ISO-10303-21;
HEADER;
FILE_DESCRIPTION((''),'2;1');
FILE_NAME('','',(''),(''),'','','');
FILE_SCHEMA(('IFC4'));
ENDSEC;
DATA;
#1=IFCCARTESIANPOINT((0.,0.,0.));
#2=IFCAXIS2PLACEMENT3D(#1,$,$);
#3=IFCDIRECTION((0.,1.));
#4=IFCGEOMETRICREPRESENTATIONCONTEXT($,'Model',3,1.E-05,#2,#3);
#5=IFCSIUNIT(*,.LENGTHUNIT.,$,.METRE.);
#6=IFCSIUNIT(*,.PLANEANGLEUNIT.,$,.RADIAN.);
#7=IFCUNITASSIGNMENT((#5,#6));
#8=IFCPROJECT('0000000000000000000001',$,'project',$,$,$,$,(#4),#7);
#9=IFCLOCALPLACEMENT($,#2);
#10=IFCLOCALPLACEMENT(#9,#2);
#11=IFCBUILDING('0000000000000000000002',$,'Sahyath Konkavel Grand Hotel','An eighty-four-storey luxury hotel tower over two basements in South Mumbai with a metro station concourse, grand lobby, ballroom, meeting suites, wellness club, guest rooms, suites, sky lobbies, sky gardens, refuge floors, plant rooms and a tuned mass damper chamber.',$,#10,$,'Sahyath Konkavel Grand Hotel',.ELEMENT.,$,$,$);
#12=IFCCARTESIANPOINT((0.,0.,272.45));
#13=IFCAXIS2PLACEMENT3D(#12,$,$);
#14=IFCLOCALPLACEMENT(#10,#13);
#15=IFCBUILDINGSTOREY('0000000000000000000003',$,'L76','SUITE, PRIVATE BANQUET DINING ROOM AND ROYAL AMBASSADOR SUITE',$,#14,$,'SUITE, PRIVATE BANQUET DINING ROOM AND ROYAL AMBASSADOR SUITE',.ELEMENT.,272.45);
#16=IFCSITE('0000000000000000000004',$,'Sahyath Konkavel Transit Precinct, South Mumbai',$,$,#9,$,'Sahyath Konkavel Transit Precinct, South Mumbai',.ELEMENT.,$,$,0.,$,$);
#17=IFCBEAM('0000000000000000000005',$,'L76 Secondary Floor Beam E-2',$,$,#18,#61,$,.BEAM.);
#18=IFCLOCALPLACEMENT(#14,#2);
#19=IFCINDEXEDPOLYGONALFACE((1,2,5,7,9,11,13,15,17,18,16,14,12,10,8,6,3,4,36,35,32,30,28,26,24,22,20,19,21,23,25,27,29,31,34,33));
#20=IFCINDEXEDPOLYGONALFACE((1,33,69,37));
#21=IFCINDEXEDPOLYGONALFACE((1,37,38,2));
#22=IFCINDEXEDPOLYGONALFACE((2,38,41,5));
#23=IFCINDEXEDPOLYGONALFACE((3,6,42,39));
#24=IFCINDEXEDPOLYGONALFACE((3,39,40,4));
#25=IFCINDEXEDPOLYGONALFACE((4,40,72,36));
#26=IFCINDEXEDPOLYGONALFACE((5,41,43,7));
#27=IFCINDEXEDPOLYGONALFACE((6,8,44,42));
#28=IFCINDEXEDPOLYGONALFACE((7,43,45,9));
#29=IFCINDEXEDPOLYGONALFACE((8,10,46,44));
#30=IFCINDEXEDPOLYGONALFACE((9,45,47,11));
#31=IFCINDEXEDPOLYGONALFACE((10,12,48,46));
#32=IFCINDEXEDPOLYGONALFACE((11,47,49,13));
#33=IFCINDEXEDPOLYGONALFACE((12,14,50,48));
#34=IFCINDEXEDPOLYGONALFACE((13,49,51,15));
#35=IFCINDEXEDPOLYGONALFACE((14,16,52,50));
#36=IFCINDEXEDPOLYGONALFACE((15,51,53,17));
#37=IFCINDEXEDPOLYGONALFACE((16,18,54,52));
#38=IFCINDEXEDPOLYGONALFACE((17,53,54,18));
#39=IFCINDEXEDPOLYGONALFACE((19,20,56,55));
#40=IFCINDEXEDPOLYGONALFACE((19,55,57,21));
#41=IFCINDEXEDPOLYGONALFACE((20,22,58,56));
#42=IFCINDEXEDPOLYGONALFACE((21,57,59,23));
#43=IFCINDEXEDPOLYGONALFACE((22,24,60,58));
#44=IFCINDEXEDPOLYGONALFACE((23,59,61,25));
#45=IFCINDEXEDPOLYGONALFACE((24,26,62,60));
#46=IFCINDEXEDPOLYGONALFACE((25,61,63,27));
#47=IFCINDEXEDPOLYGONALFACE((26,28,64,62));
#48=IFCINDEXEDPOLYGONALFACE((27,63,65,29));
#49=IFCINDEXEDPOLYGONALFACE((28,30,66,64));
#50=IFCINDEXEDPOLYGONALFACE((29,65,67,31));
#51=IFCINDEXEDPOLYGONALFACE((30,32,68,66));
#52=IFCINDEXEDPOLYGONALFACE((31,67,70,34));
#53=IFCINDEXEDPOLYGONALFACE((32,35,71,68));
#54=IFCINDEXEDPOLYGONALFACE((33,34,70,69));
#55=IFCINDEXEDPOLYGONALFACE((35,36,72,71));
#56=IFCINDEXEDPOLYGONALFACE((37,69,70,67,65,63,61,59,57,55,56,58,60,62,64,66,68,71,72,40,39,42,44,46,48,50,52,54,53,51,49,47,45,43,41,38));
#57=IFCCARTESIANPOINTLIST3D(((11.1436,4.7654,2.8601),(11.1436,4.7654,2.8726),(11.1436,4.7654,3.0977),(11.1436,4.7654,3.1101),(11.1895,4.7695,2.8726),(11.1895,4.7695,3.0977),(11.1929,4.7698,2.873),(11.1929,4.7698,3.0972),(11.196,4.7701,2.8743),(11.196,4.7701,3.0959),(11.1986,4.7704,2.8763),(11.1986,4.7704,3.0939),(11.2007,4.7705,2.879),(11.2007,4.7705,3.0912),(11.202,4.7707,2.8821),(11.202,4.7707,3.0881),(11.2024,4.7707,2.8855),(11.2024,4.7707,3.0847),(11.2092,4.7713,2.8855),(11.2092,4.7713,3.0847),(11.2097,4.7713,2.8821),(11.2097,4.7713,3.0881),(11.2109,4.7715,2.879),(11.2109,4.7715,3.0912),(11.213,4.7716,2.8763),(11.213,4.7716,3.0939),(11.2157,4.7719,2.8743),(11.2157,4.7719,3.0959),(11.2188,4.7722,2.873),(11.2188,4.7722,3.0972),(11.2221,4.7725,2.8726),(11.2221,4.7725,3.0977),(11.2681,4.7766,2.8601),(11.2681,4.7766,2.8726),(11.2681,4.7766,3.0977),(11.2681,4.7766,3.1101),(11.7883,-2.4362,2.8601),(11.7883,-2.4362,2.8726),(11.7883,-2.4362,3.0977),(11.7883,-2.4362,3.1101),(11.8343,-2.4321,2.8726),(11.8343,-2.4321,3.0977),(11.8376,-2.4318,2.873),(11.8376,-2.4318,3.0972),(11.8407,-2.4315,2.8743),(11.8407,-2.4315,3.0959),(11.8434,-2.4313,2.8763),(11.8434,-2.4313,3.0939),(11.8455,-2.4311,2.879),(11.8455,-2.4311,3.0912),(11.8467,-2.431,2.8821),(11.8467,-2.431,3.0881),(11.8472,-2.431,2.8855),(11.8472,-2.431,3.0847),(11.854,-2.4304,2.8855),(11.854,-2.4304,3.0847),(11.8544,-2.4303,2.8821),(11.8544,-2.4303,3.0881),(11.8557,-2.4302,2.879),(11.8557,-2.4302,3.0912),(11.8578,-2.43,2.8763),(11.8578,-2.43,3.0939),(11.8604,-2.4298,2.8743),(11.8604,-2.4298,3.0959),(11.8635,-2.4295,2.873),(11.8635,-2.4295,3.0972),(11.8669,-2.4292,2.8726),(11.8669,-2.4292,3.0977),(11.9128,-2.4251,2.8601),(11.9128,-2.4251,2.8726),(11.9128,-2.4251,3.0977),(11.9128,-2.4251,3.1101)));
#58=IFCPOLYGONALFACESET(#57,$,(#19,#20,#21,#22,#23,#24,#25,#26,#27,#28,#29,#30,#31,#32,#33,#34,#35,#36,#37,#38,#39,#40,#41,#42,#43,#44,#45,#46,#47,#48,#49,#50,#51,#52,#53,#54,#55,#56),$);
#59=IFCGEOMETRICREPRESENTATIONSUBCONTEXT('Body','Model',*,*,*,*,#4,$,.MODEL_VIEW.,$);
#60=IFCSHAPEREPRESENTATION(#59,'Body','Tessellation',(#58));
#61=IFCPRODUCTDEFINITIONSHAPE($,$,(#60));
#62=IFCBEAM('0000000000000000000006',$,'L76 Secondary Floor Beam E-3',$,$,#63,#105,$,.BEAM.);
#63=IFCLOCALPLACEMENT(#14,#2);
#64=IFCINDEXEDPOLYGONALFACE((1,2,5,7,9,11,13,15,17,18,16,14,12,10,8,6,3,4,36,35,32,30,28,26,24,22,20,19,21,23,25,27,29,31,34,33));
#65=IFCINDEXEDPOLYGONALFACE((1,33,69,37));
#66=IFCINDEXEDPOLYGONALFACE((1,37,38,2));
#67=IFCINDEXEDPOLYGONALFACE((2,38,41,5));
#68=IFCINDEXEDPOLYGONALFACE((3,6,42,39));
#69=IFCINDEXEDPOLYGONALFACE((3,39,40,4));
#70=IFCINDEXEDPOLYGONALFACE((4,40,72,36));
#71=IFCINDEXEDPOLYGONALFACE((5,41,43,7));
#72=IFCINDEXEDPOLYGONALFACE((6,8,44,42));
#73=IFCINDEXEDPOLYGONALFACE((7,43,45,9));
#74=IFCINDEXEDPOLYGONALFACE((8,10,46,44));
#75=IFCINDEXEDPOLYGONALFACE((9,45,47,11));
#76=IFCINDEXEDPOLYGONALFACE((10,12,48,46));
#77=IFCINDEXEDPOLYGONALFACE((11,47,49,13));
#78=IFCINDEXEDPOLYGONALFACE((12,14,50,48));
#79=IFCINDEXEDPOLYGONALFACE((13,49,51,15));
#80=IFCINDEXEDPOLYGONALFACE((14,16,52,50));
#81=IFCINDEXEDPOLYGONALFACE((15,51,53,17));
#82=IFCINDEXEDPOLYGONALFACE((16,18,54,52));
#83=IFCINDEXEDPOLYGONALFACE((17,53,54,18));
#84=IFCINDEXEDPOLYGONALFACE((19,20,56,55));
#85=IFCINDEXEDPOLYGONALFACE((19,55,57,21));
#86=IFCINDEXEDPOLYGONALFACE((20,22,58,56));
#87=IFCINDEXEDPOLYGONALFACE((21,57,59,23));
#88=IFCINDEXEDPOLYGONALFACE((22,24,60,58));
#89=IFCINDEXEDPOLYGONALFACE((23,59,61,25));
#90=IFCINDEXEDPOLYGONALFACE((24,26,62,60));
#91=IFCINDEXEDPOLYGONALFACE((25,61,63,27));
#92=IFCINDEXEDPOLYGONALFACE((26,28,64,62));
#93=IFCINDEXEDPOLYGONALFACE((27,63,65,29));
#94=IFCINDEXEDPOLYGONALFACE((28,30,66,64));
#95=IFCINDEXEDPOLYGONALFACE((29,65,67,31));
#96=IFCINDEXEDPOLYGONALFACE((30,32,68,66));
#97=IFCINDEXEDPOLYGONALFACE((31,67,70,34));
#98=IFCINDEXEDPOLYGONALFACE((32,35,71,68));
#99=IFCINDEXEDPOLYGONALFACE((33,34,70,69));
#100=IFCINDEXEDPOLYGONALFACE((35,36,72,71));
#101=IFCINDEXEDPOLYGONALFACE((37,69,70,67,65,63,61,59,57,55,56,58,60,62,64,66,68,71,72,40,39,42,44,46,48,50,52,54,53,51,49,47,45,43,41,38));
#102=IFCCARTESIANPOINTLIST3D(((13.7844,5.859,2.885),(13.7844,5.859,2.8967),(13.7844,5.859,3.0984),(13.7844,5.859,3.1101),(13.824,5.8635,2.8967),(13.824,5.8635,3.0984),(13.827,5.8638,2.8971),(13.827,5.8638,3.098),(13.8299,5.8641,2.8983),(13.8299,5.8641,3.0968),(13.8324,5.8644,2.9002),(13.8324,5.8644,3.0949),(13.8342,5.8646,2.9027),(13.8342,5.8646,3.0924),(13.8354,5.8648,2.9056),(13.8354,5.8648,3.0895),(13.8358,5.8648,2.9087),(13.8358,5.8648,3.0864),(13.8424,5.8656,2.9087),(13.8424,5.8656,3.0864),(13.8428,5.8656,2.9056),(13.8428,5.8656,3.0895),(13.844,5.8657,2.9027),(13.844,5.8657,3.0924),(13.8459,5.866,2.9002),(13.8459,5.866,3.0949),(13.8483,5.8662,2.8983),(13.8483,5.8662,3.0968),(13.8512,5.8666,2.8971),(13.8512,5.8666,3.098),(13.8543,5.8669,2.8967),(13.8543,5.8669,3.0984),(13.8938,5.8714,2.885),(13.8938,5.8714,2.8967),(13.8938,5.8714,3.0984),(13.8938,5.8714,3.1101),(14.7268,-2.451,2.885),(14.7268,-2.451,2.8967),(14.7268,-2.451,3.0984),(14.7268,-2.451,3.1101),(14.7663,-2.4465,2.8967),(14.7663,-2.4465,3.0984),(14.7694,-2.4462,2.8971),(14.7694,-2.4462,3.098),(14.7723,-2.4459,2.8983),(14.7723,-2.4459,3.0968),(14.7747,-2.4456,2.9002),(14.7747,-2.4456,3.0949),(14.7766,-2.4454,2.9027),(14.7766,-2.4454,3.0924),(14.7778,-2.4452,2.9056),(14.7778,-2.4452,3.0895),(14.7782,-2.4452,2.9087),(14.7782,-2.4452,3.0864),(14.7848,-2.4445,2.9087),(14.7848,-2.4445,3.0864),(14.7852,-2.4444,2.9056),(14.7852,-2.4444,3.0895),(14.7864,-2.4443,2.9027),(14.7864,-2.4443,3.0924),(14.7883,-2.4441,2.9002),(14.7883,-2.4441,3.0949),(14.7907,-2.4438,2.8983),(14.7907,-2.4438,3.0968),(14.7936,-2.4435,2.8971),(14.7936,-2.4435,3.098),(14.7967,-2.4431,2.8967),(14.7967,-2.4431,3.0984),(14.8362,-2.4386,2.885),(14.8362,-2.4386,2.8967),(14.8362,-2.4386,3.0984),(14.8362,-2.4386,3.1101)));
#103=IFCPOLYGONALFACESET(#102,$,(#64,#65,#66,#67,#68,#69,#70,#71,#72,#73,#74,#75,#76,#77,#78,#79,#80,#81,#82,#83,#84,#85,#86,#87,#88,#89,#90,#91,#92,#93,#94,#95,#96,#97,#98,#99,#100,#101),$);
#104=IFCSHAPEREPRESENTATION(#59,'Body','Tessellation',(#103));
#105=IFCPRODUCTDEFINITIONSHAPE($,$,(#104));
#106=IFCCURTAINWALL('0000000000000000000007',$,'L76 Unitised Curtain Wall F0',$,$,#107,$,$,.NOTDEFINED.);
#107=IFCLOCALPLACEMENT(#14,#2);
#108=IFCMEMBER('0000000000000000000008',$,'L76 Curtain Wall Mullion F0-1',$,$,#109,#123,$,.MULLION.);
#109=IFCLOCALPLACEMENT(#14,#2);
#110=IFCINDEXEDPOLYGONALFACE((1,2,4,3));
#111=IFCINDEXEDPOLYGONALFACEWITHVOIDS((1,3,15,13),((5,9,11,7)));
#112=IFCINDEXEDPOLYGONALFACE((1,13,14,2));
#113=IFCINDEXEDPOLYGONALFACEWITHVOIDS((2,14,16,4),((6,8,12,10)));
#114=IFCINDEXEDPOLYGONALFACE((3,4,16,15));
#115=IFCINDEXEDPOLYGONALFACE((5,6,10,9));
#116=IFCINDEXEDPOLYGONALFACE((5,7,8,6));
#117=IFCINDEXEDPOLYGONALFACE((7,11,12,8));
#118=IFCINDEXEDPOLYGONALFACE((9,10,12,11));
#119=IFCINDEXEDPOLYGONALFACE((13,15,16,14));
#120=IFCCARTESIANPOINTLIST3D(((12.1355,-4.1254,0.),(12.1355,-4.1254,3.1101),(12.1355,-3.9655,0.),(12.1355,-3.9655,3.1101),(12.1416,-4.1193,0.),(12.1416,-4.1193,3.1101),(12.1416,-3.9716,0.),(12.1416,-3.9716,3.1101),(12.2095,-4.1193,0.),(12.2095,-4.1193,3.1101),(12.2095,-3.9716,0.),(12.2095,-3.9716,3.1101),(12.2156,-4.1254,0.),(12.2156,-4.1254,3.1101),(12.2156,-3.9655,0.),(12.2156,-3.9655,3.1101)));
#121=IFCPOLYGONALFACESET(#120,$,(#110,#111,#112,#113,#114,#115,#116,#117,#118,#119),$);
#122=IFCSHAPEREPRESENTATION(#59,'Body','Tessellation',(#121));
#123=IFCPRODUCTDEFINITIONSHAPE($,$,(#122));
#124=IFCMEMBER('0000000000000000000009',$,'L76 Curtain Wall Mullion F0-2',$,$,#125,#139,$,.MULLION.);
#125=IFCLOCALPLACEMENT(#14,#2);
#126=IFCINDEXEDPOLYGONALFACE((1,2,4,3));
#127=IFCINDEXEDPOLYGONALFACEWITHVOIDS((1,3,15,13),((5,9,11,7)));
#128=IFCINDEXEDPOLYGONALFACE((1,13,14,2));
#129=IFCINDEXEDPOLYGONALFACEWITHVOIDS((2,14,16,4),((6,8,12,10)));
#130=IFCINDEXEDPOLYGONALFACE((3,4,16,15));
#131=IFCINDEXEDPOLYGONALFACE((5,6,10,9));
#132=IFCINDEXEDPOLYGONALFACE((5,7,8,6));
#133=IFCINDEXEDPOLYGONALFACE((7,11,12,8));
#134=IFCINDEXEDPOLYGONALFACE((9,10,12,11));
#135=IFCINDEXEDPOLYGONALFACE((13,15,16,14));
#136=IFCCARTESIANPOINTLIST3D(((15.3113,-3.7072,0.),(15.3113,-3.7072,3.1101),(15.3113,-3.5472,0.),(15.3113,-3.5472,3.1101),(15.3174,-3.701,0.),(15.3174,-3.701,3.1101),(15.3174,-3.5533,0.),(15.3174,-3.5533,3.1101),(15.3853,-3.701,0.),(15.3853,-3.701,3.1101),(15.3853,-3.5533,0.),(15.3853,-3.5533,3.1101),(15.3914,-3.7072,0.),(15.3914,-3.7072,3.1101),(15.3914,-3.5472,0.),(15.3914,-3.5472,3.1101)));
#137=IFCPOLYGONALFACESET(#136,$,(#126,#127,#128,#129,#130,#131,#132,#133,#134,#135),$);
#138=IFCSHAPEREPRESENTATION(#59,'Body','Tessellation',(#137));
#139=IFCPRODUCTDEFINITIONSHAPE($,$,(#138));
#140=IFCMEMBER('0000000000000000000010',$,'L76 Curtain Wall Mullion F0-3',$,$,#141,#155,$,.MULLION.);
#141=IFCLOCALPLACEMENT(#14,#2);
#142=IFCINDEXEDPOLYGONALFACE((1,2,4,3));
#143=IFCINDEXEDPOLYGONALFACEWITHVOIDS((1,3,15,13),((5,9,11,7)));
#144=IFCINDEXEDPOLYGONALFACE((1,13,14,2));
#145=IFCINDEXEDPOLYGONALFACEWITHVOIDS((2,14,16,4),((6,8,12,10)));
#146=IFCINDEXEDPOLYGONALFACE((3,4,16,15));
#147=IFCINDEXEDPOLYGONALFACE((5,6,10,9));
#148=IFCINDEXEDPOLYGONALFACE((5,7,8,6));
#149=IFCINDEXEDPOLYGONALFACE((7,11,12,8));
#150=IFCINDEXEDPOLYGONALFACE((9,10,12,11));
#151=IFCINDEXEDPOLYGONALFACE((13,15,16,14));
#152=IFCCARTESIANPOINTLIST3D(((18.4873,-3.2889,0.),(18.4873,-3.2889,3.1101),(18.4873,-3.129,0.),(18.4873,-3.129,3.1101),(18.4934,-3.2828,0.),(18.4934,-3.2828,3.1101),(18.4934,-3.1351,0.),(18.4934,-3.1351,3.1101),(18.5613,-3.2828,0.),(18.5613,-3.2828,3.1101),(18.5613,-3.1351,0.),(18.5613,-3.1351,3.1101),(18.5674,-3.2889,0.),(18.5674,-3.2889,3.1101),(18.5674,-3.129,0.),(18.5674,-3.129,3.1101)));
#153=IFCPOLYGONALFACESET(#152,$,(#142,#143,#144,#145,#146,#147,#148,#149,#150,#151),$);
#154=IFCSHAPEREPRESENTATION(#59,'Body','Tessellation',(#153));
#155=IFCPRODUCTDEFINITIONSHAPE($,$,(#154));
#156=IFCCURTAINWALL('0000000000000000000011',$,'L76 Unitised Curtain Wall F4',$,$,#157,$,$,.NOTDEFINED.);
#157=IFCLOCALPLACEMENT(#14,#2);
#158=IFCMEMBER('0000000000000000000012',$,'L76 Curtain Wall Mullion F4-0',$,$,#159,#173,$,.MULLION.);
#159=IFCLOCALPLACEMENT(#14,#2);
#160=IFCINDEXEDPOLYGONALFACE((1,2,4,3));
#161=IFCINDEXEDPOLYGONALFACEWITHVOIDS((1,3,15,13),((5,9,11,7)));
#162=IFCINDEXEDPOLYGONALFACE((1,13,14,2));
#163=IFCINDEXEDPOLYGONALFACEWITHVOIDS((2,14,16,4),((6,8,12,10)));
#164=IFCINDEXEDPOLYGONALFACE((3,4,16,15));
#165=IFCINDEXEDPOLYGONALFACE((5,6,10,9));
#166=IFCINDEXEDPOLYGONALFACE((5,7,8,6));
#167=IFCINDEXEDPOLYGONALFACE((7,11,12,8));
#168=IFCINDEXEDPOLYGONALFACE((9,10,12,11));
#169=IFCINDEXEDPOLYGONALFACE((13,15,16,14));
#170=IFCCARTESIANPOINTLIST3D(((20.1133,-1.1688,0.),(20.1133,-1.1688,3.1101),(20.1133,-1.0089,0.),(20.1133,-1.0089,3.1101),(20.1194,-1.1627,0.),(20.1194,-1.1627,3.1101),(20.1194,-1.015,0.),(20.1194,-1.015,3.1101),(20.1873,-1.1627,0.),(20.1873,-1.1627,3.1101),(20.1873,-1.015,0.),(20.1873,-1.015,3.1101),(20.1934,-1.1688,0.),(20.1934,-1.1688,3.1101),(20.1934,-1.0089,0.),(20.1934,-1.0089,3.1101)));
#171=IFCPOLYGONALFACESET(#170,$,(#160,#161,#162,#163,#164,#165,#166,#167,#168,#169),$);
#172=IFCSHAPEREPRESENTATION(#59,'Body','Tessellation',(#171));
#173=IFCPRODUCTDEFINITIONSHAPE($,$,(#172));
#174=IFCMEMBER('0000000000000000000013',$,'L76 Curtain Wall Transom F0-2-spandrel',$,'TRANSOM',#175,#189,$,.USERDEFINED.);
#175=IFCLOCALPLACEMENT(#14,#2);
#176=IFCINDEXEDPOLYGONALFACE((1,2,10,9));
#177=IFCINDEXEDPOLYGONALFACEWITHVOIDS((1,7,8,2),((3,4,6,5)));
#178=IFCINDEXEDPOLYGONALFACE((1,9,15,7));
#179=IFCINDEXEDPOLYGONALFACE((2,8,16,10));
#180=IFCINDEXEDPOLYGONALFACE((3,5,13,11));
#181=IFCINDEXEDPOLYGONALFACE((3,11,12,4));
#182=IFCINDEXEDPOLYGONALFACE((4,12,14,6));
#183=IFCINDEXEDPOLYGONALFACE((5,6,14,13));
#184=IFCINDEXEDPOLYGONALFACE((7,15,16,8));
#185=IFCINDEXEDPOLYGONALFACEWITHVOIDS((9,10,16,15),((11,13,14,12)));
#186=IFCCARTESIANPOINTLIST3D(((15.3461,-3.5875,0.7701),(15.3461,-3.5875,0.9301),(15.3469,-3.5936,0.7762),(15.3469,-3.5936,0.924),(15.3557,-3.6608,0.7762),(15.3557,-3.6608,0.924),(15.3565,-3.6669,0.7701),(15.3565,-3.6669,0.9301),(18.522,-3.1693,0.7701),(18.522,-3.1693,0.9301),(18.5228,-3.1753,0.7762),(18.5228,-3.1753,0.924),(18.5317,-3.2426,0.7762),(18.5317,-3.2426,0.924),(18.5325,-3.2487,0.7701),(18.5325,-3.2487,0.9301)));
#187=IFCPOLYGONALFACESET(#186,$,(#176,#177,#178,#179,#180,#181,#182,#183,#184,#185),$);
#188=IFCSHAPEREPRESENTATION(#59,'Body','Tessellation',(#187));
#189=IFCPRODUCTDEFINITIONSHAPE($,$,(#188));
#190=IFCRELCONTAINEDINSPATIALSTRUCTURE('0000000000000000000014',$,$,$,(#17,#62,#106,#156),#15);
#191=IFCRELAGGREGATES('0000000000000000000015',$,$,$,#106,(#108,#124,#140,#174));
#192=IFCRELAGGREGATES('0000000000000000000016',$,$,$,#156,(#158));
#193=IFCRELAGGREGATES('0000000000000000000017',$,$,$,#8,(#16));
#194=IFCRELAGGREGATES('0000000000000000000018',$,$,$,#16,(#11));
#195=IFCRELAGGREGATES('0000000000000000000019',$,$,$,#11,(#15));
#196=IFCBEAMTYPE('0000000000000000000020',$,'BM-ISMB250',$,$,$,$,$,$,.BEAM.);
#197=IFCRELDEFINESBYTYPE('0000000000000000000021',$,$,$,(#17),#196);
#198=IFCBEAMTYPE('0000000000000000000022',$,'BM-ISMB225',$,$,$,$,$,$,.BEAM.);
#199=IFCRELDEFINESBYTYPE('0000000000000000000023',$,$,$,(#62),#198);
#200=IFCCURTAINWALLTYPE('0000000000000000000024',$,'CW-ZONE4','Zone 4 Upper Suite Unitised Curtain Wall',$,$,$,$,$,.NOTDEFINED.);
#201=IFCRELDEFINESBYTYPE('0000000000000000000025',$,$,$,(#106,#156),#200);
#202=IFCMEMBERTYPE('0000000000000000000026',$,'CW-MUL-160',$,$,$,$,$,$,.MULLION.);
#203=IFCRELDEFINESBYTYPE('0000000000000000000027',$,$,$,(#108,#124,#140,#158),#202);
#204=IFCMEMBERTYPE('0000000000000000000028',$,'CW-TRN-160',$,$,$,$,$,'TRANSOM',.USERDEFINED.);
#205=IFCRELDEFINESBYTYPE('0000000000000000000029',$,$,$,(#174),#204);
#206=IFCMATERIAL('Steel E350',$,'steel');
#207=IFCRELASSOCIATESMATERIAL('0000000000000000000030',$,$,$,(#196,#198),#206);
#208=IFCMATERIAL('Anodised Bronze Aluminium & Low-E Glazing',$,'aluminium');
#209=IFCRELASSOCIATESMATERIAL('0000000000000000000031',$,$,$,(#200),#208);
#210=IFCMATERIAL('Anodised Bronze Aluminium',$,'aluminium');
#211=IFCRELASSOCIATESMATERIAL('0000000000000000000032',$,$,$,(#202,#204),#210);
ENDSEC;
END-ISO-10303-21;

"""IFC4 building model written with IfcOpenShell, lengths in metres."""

from ifc_helpers import new_model, si_unit, direction, frame, origin, origin_2d, place, context, subcontext, project, spatial, hollow_rectangle, i_section, extrude, source, transform, mapped, material, material_profile, profile_set, type_object, element, aggregate, save


model = new_model("IFC4")

# Units and contexts
model_context = context("Model", 3, precision=1e-05, world=origin(), true_north=direction((0.0, 1.0)))
body_context = subcontext(model_context, "Body", "Model", "MODEL_VIEW")
ifc_project = project(units=[si_unit("LENGTHUNIT", "METRE"), si_unit("PLANEANGLEUNIT", "RADIAN")], contexts=[model_context])

# Site, building, storey
site_placement = place(None, origin())
site = spatial("IfcSite", under=ifc_project, at=site_placement, Name="Sahyath Konkavel Transit Precinct, South Mumbai", LongName="Sahyath Konkavel Transit Precinct, South Mumbai", CompositionType="ELEMENT", RefElevation=0.0)
building_placement = place(site_placement, origin())
building = spatial("IfcBuilding", under=site, at=building_placement, Name="Sahyath Konkavel Grand Hotel", Description="An eighty-four-storey luxury hotel tower over two basements in South Mumbai with a metro station concourse, grand lobby, ballroom, meeting suites, wellness club, guest rooms, suites, sky lobbies, sky gardens, refuge floors, plant rooms and a tuned mass damper chamber.", LongName="Sahyath Konkavel Grand Hotel", CompositionType="ELEMENT")
storey_placement = place(building_placement, frame((0.0, 0.0, 272.45)))
storey = spatial("IfcBuildingStorey", under=building, at=storey_placement, Name="L76", Description="SUITE, PRIVATE BANQUET DINING ROOM AND ROYAL AMBASSADOR SUITE", LongName="SUITE, PRIVATE BANQUET DINING ROOM AND ROYAL AMBASSADOR SUITE", CompositionType="ELEMENT", Elevation=272.45)

# Beams
ifc_material_1 = material(Name="Steel E350", Category="steel")
ifc_material_profile_1 = material_profile(ifc_material_1, i_section(OverallWidth=0.125, OverallDepth=0.25, WebThickness=0.0068, FlangeThickness=0.0125, FilletRadius=0.0129, at=origin_2d()), Name="ISMB 250")
ifc_profile_set_1 = profile_set([ifc_material_profile_1], Name="Steel E350")
beam_type_1 = type_object("IfcBeamType", Name="BM-ISMB250", PredefinedType="BEAM", material=ifc_profile_set_1)
shared_shape_1 = source(origin(), body_context, "Body", "SweptSolid", [
    extrude(i_section(OverallWidth=0.125, OverallDepth=0.25, WebThickness=0.0068, FlangeThickness=0.0125, FilletRadius=0.0129, at=origin_2d()), origin(), (0.0, 0.0, 1.0), 7.2305),
])
beam_1_placement = place(storey_placement, frame((11.8506, -2.4307, 2.9851), z_axis=(-0.089175, 0.996016, 0.0), x_axis=(-0.996016, -0.089175, 0.0)))
element("IfcBeam", 1, at=beam_1_placement, inside=storey, type_object=beam_type_1, Name="L76 Secondary Floor Beam E-2", PredefinedType="BEAM", context=body_context, shape_type="MappedRepresentation", body=[
    mapped(shared_shape_1, transform((0.0, 0.0, 0.0), scale=1.0)),
])
ifc_material_profile_2 = material_profile(ifc_material_1, i_section(OverallWidth=0.1101, OverallDepth=0.2251, WebThickness=0.0066, FlangeThickness=0.0117, FilletRadius=0.012, at=origin_2d()), Name="ISMB 225")
ifc_profile_set_2 = profile_set([ifc_material_profile_2], Name="Steel E350")
beam_type_2 = type_object("IfcBeamType", Name="BM-ISMB225", PredefinedType="BEAM", material=ifc_profile_set_2)
shared_shape_2 = source(origin(), body_context, "Body", "SweptSolid", [
    extrude(i_section(OverallWidth=0.1101, OverallDepth=0.2251, WebThickness=0.0066, FlangeThickness=0.0117, FilletRadius=0.012, at=origin_2d()), origin(), (0.0, 0.0, 1.0), 8.3633),
])
beam_2_placement = place(storey_placement, frame((14.7815, -2.4448, 2.9976), z_axis=(-0.11268, 0.993631, 0.0), x_axis=(-0.993631, -0.11268, 0.0)))
element("IfcBeam", 2, at=beam_2_placement, inside=storey, type_object=beam_type_2, Name="L76 Secondary Floor Beam E-3", PredefinedType="BEAM", context=body_context, shape_type="MappedRepresentation", body=[
    mapped(shared_shape_2, transform((0.0, 0.0, 0.0), scale=1.0)),
])

# Curtain wall, members
ifc_material_2 = material(Name="Anodised Bronze Aluminium & Low-E Glazing", Category="aluminium")
curtain_wall_type = type_object("IfcCurtainWallType", Name="CW-ZONE4", Description="Zone 4 Upper Suite Unitised Curtain Wall", PredefinedType="NOTDEFINED", material=ifc_material_2)
curtain_wall_1_placement = place(storey_placement, origin())
curtain_wall_1 = element("IfcCurtainWall", 3, at=curtain_wall_1_placement, inside=storey, type_object=curtain_wall_type, Name="L76 Unitised Curtain Wall F0", PredefinedType="NOTDEFINED")
ifc_material_3 = material(Name="Anodised Bronze Aluminium", Category="aluminium")
ifc_material_profile_3 = material_profile(ifc_material_3, hollow_rectangle(XDim=0.0801, YDim=0.1599, WallThickness=0.0061, at=origin_2d()), Name="RHS 160x80x6")
ifc_profile_set_3 = profile_set([ifc_material_profile_3], Name="Anodised Bronze Aluminium")
member_type_1 = type_object("IfcMemberType", Name="CW-MUL-160", PredefinedType="MULLION", material=ifc_profile_set_3)
shared_shape_3 = source(origin(), body_context, "Body", "SweptSolid", [
    extrude(hollow_rectangle(XDim=0.0801, YDim=0.1599, WallThickness=0.0061, at=origin_2d()), origin(), (0.0, 0.0, 1.0), 3.1101),
])
member_1_placement = place(storey_placement, frame((12.1755, -4.0454, 0.0), z_axis=(0.0, 0.0, 1.0), x_axis=(1.0, 0.0, 0.0)))
member_1 = element("IfcMember", 4, at=member_1_placement, type_object=member_type_1, Name="L76 Curtain Wall Mullion F0-1", PredefinedType="MULLION", context=body_context, shape_type="MappedRepresentation", body=[
    mapped(shared_shape_3, transform((0.0, 0.0, 0.0), scale=1.0)),
])
member_2_placement = place(storey_placement, frame((15.3513, -3.6272, 0.0), z_axis=(0.0, 0.0, 1.0), x_axis=(1.0, 0.0, 0.0)))
member_2 = element("IfcMember", 5, at=member_2_placement, type_object=member_type_1, Name="L76 Curtain Wall Mullion F0-2", PredefinedType="MULLION", context=body_context, shape_type="MappedRepresentation", body=[
    mapped(shared_shape_3, transform((0.0, 0.0, 0.0), scale=1.0)),
])
member_3_placement = place(storey_placement, frame((18.5273, -3.209, 0.0), z_axis=(0.0, 0.0, 1.0), x_axis=(1.0, 0.0, 0.0)))
member_3 = element("IfcMember", 6, at=member_3_placement, type_object=member_type_1, Name="L76 Curtain Wall Mullion F0-3", PredefinedType="MULLION", context=body_context, shape_type="MappedRepresentation", body=[
    mapped(shared_shape_3, transform((0.0, 0.0, 0.0), scale=1.0)),
])

# Curtain wall, member
curtain_wall_2_placement = place(storey_placement, origin())
curtain_wall_2 = element("IfcCurtainWall", 7, at=curtain_wall_2_placement, inside=storey, type_object=curtain_wall_type, Name="L76 Unitised Curtain Wall F4", PredefinedType="NOTDEFINED")
member_4_placement = place(storey_placement, frame((20.1533, -1.0889, 0.0), z_axis=(0.0, 0.0, 1.0), x_axis=(1.0, 0.0, 0.0)))
member_4 = element("IfcMember", 8, at=member_4_placement, type_object=member_type_1, Name="L76 Curtain Wall Mullion F4-0", PredefinedType="MULLION", context=body_context, shape_type="MappedRepresentation", body=[
    mapped(shared_shape_3, transform((0.0, 0.0, 0.0), scale=1.0)),
])

# Member
ifc_material_profile_4 = material_profile(ifc_material_3, hollow_rectangle(XDim=0.0801, YDim=0.1599, WallThickness=0.0061, at=origin_2d()), Name="RHS 160x80x6")
ifc_profile_set_4 = profile_set([ifc_material_profile_4], Name="Anodised Bronze Aluminium")
member_type_2 = type_object("IfcMemberType", Name="CW-TRN-160", ElementType="TRANSOM", PredefinedType="USERDEFINED", material=ifc_profile_set_4)
shared_shape_4 = source(origin(), body_context, "Body", "SweptSolid", [
    extrude(hollow_rectangle(XDim=0.0801, YDim=0.1599, WallThickness=0.0061, at=origin_2d()), origin(), (0.0, 0.0, 1.0), 3.2034),
])
member_5_placement = place(storey_placement, frame((15.3513, -3.6272, 0.8501), z_axis=(0.991442, 0.130551, 0.0), x_axis=(-0.130551, 0.991442, 0.0)))
member_5 = element("IfcMember", 9, at=member_5_placement, type_object=member_type_2, Name="L76 Curtain Wall Transom F0-2-spandrel", ObjectType="TRANSOM", PredefinedType="USERDEFINED", context=body_context, shape_type="MappedRepresentation", body=[
    mapped(shared_shape_4, transform((0.0, 0.0, 0.0), scale=1.0)),
])

aggregate(curtain_wall_1, [member_1, member_2, member_3, member_5])
aggregate(curtain_wall_2, [member_4])

save(model, "model.ifc")
